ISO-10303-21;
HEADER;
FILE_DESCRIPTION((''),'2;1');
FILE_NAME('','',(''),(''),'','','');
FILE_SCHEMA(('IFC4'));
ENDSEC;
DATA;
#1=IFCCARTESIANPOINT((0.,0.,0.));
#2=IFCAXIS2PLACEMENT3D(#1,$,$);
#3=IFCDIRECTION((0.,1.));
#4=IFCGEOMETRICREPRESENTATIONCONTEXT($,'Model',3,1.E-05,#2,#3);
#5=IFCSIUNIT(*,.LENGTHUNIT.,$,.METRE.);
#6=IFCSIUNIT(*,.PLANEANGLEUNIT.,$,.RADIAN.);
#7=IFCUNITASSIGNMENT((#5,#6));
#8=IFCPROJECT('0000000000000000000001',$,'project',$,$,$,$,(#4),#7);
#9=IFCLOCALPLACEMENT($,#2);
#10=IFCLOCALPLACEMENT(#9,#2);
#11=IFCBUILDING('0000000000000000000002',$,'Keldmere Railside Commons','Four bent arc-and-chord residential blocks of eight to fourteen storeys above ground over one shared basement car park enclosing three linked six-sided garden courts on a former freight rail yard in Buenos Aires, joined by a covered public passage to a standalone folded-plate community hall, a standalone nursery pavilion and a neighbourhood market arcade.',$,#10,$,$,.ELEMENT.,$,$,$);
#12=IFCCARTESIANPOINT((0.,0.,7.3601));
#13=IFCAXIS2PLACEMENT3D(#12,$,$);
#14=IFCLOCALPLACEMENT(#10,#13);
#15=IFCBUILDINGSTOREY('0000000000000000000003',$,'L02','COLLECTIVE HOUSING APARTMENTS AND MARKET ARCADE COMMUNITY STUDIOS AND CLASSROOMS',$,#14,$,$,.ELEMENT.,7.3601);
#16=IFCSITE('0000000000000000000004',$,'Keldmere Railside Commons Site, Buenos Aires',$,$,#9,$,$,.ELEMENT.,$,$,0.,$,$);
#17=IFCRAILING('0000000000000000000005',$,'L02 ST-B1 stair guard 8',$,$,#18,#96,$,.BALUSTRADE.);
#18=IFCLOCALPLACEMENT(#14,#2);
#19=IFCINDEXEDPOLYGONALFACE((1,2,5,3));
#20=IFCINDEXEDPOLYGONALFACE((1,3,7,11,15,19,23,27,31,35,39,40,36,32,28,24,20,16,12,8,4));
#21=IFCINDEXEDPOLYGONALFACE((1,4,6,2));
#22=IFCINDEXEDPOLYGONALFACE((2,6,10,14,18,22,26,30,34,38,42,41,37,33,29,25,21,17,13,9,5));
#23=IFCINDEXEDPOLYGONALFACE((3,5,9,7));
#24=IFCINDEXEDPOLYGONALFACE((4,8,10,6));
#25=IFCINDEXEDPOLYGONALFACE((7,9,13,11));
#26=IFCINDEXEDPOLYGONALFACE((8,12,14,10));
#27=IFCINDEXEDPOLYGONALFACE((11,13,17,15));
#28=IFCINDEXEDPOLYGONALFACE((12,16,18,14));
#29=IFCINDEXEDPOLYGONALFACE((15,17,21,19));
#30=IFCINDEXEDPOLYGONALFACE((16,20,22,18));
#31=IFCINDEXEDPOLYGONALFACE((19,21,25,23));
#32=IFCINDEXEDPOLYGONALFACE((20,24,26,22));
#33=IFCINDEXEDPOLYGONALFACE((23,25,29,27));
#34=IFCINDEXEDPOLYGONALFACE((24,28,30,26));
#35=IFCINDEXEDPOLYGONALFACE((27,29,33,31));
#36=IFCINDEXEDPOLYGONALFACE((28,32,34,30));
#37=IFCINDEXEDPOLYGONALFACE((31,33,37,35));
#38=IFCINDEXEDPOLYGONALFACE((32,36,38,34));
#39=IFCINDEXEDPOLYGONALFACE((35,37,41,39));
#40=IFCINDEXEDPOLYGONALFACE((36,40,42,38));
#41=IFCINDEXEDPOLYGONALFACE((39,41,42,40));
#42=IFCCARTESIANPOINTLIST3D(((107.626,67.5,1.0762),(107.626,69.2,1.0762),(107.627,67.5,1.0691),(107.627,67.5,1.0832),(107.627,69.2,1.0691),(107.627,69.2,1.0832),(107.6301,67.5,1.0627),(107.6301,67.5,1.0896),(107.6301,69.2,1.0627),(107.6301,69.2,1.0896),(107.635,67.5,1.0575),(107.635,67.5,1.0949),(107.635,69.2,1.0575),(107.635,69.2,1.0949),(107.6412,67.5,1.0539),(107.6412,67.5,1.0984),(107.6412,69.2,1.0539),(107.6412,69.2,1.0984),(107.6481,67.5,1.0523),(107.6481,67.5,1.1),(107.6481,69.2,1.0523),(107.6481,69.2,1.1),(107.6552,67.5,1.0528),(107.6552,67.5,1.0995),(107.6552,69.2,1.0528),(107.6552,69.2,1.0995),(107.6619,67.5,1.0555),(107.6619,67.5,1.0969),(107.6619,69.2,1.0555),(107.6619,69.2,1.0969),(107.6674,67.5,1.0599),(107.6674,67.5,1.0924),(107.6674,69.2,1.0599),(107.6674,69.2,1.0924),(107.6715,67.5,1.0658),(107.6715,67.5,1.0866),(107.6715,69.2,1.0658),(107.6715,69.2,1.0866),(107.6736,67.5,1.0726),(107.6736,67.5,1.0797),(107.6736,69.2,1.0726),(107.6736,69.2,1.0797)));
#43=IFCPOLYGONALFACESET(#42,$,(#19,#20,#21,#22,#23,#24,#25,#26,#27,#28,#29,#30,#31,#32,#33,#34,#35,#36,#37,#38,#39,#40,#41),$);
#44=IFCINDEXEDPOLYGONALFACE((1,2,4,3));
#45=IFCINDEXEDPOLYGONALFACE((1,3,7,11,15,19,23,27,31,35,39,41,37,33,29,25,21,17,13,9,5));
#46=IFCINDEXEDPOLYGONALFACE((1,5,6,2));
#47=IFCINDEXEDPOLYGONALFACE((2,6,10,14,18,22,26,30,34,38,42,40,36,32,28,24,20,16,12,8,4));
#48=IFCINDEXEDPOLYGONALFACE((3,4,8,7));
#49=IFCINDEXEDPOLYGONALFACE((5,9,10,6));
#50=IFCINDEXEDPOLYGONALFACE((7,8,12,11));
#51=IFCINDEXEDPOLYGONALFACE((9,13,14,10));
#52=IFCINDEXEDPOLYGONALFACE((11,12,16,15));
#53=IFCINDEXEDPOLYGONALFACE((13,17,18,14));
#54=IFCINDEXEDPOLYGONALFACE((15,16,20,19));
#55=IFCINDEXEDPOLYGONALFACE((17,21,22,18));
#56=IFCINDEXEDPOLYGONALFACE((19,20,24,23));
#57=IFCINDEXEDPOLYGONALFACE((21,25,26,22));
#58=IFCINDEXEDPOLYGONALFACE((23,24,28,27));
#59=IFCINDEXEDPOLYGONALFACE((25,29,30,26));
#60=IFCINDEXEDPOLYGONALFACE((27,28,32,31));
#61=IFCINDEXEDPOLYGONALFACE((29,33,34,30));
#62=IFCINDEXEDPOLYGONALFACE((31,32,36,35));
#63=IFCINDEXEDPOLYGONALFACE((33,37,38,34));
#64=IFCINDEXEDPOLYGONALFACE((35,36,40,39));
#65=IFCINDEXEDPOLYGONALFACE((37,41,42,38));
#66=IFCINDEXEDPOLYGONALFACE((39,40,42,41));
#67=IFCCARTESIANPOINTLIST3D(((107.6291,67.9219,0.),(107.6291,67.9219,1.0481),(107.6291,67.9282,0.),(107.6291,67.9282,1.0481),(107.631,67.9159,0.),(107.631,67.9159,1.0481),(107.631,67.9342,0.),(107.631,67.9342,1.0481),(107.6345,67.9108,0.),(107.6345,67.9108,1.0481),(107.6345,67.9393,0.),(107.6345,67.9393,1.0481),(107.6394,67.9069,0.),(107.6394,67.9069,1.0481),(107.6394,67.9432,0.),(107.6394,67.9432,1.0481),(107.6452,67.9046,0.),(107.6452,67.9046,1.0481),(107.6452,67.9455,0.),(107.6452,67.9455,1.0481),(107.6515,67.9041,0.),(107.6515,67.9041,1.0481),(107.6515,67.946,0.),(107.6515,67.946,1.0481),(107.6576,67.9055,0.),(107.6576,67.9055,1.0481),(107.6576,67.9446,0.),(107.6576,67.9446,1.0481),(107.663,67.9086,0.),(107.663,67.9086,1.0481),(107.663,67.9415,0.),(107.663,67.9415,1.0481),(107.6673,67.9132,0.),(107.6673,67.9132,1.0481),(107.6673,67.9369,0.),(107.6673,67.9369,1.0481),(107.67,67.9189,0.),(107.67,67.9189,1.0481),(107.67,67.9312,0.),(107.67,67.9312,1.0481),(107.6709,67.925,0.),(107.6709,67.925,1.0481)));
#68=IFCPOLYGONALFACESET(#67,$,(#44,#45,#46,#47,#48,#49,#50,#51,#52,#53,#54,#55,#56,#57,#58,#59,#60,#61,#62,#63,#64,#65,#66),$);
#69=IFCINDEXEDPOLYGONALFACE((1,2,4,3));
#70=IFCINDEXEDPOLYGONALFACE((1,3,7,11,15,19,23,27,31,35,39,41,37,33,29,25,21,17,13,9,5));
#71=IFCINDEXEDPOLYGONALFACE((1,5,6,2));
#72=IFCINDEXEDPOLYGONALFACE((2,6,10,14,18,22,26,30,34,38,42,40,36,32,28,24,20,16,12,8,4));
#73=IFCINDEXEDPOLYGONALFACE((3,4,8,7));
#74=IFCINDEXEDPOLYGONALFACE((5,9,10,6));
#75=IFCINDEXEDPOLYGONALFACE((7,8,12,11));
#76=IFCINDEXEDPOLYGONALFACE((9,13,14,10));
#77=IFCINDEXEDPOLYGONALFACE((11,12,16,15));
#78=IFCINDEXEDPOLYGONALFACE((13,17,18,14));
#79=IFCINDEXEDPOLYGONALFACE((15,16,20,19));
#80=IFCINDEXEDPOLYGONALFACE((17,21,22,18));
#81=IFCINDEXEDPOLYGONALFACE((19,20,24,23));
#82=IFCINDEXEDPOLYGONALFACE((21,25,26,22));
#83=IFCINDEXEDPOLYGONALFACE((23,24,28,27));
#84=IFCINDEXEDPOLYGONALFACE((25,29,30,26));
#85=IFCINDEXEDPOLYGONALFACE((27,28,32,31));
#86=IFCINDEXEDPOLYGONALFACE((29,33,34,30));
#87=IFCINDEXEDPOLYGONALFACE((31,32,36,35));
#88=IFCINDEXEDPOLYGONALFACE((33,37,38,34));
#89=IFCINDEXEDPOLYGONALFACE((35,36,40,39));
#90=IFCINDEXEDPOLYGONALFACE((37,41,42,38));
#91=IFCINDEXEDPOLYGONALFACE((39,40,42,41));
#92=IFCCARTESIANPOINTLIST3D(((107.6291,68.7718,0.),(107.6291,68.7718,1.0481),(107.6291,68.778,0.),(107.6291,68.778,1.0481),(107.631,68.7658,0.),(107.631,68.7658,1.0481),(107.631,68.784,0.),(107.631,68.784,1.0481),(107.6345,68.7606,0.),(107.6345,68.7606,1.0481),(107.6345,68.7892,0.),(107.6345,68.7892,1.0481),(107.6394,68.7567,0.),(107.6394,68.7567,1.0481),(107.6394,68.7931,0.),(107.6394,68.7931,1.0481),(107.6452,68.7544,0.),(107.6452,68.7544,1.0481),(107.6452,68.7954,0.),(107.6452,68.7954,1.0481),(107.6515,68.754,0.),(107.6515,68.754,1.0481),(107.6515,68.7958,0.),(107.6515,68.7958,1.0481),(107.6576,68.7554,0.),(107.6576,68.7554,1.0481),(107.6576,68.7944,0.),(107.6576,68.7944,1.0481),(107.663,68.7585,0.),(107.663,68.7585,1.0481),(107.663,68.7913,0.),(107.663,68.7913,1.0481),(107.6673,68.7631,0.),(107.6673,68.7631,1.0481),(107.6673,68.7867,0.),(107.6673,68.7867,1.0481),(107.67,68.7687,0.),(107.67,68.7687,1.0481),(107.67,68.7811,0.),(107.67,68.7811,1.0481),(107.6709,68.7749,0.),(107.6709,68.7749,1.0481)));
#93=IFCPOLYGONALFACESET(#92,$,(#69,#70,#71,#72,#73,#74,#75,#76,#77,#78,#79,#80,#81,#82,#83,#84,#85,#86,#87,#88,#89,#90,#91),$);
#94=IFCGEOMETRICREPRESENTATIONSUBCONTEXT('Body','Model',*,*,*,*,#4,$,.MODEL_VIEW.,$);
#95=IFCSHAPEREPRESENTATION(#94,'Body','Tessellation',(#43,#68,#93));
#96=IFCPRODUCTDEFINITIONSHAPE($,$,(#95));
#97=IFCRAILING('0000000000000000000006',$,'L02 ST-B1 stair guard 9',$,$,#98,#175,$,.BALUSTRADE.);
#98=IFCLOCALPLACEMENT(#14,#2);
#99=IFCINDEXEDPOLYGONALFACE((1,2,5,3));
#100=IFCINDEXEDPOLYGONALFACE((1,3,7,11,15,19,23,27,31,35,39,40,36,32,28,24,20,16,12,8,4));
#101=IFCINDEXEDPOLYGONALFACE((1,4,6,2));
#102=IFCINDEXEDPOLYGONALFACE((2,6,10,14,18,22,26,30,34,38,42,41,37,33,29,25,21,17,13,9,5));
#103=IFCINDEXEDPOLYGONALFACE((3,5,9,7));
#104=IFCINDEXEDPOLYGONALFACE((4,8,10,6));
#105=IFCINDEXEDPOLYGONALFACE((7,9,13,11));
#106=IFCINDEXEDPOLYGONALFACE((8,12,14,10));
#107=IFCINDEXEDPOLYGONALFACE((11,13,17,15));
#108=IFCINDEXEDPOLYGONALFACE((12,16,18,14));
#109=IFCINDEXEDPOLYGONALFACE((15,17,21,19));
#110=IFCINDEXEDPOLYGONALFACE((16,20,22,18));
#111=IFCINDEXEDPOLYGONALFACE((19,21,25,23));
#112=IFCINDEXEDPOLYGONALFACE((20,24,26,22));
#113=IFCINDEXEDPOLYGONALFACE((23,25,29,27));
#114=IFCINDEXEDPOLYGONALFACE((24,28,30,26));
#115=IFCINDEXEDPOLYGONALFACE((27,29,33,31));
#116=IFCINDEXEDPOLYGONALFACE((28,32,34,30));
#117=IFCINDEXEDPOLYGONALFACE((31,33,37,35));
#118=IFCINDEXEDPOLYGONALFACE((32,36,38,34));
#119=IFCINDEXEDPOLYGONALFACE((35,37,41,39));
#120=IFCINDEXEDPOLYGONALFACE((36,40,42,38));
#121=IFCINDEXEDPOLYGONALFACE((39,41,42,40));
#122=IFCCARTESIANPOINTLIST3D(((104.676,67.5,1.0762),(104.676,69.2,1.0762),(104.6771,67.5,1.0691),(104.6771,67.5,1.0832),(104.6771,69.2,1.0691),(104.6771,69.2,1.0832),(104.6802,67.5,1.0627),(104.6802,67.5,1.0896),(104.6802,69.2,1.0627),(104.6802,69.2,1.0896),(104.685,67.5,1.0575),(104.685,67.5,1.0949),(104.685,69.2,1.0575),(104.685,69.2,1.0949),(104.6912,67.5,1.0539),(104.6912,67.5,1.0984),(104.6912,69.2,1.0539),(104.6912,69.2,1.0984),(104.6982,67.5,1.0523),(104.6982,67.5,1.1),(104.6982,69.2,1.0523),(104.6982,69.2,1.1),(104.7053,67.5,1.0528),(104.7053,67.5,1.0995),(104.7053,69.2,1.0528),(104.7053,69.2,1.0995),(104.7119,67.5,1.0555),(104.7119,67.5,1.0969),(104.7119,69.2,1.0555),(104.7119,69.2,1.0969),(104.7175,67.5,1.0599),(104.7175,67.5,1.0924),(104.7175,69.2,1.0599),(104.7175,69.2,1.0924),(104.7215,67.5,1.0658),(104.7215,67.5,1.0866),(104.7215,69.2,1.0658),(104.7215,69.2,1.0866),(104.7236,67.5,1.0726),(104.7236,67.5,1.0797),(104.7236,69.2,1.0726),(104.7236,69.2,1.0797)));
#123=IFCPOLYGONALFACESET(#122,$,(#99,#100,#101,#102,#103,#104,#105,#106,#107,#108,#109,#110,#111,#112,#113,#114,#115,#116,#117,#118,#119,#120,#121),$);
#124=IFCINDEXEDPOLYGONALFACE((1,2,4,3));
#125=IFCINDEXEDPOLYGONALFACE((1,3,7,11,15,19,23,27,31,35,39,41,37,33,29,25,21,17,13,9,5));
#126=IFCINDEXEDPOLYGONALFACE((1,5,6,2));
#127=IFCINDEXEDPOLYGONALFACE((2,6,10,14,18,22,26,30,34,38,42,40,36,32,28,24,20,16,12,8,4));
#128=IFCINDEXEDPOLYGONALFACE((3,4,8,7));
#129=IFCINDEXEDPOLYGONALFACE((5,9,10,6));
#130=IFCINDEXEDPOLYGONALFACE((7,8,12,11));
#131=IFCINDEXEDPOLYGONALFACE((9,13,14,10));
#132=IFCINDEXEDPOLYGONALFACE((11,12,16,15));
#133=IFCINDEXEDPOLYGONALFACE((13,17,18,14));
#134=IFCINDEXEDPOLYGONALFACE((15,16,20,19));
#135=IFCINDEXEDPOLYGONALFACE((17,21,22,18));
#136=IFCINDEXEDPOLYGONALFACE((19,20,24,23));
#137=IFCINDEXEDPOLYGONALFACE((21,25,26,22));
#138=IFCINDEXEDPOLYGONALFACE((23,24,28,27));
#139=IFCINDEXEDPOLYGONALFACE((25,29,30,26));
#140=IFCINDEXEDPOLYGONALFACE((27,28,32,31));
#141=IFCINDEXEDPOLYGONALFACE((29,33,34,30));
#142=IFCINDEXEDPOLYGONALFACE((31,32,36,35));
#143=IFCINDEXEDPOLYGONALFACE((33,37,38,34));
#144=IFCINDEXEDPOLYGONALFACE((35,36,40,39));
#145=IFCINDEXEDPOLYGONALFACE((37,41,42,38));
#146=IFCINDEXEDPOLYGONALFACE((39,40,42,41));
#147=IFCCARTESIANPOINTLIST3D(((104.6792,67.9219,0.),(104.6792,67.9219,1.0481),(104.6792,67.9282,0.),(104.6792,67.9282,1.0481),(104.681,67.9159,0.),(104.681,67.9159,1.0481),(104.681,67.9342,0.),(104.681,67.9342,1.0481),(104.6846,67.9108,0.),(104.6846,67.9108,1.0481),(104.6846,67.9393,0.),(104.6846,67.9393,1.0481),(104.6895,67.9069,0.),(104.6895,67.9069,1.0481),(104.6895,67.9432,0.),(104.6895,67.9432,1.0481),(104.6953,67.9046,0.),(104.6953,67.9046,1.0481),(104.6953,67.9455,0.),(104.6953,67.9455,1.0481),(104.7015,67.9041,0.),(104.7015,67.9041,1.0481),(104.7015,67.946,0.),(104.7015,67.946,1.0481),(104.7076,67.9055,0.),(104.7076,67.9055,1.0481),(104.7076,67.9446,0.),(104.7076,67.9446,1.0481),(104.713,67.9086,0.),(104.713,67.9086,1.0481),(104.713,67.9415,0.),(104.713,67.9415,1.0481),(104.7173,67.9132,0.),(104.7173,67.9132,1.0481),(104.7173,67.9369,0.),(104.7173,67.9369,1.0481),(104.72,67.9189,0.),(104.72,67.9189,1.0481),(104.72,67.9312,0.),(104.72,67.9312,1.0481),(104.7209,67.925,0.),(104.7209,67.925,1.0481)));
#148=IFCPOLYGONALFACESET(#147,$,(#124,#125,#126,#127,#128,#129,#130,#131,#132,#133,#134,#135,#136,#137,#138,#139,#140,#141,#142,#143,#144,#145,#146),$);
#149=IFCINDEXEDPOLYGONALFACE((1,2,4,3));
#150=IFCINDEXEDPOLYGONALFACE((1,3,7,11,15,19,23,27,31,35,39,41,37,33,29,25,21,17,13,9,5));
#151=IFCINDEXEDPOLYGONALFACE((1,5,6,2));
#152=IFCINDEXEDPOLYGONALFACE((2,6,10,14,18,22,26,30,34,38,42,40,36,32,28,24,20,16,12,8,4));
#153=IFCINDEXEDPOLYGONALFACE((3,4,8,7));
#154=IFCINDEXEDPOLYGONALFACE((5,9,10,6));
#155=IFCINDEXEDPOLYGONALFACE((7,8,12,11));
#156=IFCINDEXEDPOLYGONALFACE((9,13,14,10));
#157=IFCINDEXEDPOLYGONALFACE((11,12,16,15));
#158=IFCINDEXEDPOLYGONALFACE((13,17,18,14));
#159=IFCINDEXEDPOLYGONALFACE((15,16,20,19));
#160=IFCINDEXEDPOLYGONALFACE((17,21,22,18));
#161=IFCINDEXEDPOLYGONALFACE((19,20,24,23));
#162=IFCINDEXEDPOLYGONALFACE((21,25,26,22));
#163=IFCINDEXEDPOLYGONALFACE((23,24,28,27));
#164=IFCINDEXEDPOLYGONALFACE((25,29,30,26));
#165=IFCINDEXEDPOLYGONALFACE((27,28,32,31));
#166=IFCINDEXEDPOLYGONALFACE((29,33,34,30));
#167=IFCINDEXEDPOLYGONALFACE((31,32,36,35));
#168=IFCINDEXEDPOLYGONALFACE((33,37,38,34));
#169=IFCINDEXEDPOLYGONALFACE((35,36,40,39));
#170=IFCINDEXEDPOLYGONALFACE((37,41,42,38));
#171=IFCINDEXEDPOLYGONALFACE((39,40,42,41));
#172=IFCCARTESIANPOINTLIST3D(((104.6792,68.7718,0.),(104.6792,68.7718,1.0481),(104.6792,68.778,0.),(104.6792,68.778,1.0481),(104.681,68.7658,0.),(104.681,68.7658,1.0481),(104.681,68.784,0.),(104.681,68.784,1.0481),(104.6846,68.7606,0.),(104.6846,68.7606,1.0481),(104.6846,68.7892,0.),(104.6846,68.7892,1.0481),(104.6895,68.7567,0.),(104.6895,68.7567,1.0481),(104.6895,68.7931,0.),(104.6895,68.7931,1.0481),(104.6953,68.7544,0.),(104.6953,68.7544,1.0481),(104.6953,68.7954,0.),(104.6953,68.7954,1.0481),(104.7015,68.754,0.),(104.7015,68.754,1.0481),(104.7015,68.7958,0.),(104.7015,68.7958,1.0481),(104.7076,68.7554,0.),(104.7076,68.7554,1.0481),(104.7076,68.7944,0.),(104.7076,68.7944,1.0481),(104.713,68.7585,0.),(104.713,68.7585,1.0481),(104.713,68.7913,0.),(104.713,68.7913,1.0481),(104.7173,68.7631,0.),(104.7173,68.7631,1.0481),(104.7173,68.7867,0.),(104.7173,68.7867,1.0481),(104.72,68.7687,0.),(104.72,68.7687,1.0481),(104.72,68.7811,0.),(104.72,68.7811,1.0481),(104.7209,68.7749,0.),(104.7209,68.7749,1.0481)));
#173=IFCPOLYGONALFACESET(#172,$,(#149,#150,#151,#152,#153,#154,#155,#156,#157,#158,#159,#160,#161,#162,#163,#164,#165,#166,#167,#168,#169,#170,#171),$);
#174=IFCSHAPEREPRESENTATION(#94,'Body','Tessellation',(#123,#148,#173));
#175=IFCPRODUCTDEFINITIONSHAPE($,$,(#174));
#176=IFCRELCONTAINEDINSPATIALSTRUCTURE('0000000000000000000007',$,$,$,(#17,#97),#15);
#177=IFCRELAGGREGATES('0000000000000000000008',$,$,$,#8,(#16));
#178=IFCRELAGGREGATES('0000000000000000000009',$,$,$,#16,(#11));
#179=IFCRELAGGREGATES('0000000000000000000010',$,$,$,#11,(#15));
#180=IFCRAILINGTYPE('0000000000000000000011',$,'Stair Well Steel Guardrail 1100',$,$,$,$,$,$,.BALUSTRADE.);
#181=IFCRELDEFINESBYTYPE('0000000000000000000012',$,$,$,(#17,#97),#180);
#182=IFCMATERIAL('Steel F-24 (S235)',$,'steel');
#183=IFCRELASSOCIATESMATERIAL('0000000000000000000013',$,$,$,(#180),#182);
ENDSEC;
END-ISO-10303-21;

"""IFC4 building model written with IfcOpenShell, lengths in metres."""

from ifc_helpers import new_model, si_unit, direction, frame, origin, origin_2d, place, context, subcontext, project, spatial, circle, extrude, material, type_object, element, save


model = new_model("IFC4")

# Units and contexts
model_context = context("Model", 3, precision=1e-05, world=origin(), true_north=direction((0.0, 1.0)))
body_context = subcontext(model_context, "Body", "Model", "MODEL_VIEW")
ifc_project = project(units=[si_unit("LENGTHUNIT", "METRE"), si_unit("PLANEANGLEUNIT", "RADIAN")], contexts=[model_context])

# Site, building, storey
site_placement = place(None, origin())
site = spatial("IfcSite", under=ifc_project, at=site_placement, Name="Keldmere Railside Commons Site, Buenos Aires", CompositionType="ELEMENT", RefElevation=0.0)
building_placement = place(site_placement, origin())
building = spatial("IfcBuilding", under=site, at=building_placement, Name="Keldmere Railside Commons", Description="Four bent arc-and-chord residential blocks of eight to fourteen storeys above ground over one shared basement car park enclosing three linked six-sided garden courts on a former freight rail yard in Buenos Aires, joined by a covered public passage to a standalone folded-plate community hall, a standalone nursery pavilion and a neighbourhood market arcade.", CompositionType="ELEMENT")
storey_placement = place(building_placement, frame((0.0, 0.0, 7.3601)))
storey = spatial("IfcBuildingStorey", under=building, at=storey_placement, Name="L02", Description="COLLECTIVE HOUSING APARTMENTS AND MARKET ARCADE COMMUNITY STUDIOS AND CLASSROOMS", CompositionType="ELEMENT", Elevation=7.3601)

# Railings
ifc_material_1 = material(Name="Steel F-24 (S235)", Category="steel")
railing_type_1 = type_object("IfcRailingType", Name="Stair Well Steel Guardrail 1100", PredefinedType="BALUSTRADE", material=ifc_material_1)
for number, where, name in (
    (1, (107.6499, 67.5, 0.0), "L02 ST-B1 stair guard 8"),
    (2, (104.7, 67.5, 0.0), "L02 ST-B1 stair guard 9"),
):
    element("IfcRailing", number, at=place(storey_placement, frame(where)), inside=storey, type_object=railing_type_1, Name=name, PredefinedType="BALUSTRADE", context=body_context, shape_type="SweptSolid", body=[
        extrude(circle(Radius=0.0239, at=origin_2d()), frame((0.0, 0.0, 1.0762), z_axis=(0.0, 1.0, 0.0), x_axis=(-1.0, 0.0, 0.0)), (0.0, 0.0, 1.0), 1.7),
        extrude(circle(Radius=0.021, at=origin_2d()), frame((0.0, 0.425, 0.0)), (0.0, 0.0, 1.0), 1.0481),
        extrude(circle(Radius=0.021, at=origin_2d()), frame((0.0, 1.2749, 0.0)), (0.0, 0.0, 1.0), 1.0481),
    ])

save(model, "model.ifc")
